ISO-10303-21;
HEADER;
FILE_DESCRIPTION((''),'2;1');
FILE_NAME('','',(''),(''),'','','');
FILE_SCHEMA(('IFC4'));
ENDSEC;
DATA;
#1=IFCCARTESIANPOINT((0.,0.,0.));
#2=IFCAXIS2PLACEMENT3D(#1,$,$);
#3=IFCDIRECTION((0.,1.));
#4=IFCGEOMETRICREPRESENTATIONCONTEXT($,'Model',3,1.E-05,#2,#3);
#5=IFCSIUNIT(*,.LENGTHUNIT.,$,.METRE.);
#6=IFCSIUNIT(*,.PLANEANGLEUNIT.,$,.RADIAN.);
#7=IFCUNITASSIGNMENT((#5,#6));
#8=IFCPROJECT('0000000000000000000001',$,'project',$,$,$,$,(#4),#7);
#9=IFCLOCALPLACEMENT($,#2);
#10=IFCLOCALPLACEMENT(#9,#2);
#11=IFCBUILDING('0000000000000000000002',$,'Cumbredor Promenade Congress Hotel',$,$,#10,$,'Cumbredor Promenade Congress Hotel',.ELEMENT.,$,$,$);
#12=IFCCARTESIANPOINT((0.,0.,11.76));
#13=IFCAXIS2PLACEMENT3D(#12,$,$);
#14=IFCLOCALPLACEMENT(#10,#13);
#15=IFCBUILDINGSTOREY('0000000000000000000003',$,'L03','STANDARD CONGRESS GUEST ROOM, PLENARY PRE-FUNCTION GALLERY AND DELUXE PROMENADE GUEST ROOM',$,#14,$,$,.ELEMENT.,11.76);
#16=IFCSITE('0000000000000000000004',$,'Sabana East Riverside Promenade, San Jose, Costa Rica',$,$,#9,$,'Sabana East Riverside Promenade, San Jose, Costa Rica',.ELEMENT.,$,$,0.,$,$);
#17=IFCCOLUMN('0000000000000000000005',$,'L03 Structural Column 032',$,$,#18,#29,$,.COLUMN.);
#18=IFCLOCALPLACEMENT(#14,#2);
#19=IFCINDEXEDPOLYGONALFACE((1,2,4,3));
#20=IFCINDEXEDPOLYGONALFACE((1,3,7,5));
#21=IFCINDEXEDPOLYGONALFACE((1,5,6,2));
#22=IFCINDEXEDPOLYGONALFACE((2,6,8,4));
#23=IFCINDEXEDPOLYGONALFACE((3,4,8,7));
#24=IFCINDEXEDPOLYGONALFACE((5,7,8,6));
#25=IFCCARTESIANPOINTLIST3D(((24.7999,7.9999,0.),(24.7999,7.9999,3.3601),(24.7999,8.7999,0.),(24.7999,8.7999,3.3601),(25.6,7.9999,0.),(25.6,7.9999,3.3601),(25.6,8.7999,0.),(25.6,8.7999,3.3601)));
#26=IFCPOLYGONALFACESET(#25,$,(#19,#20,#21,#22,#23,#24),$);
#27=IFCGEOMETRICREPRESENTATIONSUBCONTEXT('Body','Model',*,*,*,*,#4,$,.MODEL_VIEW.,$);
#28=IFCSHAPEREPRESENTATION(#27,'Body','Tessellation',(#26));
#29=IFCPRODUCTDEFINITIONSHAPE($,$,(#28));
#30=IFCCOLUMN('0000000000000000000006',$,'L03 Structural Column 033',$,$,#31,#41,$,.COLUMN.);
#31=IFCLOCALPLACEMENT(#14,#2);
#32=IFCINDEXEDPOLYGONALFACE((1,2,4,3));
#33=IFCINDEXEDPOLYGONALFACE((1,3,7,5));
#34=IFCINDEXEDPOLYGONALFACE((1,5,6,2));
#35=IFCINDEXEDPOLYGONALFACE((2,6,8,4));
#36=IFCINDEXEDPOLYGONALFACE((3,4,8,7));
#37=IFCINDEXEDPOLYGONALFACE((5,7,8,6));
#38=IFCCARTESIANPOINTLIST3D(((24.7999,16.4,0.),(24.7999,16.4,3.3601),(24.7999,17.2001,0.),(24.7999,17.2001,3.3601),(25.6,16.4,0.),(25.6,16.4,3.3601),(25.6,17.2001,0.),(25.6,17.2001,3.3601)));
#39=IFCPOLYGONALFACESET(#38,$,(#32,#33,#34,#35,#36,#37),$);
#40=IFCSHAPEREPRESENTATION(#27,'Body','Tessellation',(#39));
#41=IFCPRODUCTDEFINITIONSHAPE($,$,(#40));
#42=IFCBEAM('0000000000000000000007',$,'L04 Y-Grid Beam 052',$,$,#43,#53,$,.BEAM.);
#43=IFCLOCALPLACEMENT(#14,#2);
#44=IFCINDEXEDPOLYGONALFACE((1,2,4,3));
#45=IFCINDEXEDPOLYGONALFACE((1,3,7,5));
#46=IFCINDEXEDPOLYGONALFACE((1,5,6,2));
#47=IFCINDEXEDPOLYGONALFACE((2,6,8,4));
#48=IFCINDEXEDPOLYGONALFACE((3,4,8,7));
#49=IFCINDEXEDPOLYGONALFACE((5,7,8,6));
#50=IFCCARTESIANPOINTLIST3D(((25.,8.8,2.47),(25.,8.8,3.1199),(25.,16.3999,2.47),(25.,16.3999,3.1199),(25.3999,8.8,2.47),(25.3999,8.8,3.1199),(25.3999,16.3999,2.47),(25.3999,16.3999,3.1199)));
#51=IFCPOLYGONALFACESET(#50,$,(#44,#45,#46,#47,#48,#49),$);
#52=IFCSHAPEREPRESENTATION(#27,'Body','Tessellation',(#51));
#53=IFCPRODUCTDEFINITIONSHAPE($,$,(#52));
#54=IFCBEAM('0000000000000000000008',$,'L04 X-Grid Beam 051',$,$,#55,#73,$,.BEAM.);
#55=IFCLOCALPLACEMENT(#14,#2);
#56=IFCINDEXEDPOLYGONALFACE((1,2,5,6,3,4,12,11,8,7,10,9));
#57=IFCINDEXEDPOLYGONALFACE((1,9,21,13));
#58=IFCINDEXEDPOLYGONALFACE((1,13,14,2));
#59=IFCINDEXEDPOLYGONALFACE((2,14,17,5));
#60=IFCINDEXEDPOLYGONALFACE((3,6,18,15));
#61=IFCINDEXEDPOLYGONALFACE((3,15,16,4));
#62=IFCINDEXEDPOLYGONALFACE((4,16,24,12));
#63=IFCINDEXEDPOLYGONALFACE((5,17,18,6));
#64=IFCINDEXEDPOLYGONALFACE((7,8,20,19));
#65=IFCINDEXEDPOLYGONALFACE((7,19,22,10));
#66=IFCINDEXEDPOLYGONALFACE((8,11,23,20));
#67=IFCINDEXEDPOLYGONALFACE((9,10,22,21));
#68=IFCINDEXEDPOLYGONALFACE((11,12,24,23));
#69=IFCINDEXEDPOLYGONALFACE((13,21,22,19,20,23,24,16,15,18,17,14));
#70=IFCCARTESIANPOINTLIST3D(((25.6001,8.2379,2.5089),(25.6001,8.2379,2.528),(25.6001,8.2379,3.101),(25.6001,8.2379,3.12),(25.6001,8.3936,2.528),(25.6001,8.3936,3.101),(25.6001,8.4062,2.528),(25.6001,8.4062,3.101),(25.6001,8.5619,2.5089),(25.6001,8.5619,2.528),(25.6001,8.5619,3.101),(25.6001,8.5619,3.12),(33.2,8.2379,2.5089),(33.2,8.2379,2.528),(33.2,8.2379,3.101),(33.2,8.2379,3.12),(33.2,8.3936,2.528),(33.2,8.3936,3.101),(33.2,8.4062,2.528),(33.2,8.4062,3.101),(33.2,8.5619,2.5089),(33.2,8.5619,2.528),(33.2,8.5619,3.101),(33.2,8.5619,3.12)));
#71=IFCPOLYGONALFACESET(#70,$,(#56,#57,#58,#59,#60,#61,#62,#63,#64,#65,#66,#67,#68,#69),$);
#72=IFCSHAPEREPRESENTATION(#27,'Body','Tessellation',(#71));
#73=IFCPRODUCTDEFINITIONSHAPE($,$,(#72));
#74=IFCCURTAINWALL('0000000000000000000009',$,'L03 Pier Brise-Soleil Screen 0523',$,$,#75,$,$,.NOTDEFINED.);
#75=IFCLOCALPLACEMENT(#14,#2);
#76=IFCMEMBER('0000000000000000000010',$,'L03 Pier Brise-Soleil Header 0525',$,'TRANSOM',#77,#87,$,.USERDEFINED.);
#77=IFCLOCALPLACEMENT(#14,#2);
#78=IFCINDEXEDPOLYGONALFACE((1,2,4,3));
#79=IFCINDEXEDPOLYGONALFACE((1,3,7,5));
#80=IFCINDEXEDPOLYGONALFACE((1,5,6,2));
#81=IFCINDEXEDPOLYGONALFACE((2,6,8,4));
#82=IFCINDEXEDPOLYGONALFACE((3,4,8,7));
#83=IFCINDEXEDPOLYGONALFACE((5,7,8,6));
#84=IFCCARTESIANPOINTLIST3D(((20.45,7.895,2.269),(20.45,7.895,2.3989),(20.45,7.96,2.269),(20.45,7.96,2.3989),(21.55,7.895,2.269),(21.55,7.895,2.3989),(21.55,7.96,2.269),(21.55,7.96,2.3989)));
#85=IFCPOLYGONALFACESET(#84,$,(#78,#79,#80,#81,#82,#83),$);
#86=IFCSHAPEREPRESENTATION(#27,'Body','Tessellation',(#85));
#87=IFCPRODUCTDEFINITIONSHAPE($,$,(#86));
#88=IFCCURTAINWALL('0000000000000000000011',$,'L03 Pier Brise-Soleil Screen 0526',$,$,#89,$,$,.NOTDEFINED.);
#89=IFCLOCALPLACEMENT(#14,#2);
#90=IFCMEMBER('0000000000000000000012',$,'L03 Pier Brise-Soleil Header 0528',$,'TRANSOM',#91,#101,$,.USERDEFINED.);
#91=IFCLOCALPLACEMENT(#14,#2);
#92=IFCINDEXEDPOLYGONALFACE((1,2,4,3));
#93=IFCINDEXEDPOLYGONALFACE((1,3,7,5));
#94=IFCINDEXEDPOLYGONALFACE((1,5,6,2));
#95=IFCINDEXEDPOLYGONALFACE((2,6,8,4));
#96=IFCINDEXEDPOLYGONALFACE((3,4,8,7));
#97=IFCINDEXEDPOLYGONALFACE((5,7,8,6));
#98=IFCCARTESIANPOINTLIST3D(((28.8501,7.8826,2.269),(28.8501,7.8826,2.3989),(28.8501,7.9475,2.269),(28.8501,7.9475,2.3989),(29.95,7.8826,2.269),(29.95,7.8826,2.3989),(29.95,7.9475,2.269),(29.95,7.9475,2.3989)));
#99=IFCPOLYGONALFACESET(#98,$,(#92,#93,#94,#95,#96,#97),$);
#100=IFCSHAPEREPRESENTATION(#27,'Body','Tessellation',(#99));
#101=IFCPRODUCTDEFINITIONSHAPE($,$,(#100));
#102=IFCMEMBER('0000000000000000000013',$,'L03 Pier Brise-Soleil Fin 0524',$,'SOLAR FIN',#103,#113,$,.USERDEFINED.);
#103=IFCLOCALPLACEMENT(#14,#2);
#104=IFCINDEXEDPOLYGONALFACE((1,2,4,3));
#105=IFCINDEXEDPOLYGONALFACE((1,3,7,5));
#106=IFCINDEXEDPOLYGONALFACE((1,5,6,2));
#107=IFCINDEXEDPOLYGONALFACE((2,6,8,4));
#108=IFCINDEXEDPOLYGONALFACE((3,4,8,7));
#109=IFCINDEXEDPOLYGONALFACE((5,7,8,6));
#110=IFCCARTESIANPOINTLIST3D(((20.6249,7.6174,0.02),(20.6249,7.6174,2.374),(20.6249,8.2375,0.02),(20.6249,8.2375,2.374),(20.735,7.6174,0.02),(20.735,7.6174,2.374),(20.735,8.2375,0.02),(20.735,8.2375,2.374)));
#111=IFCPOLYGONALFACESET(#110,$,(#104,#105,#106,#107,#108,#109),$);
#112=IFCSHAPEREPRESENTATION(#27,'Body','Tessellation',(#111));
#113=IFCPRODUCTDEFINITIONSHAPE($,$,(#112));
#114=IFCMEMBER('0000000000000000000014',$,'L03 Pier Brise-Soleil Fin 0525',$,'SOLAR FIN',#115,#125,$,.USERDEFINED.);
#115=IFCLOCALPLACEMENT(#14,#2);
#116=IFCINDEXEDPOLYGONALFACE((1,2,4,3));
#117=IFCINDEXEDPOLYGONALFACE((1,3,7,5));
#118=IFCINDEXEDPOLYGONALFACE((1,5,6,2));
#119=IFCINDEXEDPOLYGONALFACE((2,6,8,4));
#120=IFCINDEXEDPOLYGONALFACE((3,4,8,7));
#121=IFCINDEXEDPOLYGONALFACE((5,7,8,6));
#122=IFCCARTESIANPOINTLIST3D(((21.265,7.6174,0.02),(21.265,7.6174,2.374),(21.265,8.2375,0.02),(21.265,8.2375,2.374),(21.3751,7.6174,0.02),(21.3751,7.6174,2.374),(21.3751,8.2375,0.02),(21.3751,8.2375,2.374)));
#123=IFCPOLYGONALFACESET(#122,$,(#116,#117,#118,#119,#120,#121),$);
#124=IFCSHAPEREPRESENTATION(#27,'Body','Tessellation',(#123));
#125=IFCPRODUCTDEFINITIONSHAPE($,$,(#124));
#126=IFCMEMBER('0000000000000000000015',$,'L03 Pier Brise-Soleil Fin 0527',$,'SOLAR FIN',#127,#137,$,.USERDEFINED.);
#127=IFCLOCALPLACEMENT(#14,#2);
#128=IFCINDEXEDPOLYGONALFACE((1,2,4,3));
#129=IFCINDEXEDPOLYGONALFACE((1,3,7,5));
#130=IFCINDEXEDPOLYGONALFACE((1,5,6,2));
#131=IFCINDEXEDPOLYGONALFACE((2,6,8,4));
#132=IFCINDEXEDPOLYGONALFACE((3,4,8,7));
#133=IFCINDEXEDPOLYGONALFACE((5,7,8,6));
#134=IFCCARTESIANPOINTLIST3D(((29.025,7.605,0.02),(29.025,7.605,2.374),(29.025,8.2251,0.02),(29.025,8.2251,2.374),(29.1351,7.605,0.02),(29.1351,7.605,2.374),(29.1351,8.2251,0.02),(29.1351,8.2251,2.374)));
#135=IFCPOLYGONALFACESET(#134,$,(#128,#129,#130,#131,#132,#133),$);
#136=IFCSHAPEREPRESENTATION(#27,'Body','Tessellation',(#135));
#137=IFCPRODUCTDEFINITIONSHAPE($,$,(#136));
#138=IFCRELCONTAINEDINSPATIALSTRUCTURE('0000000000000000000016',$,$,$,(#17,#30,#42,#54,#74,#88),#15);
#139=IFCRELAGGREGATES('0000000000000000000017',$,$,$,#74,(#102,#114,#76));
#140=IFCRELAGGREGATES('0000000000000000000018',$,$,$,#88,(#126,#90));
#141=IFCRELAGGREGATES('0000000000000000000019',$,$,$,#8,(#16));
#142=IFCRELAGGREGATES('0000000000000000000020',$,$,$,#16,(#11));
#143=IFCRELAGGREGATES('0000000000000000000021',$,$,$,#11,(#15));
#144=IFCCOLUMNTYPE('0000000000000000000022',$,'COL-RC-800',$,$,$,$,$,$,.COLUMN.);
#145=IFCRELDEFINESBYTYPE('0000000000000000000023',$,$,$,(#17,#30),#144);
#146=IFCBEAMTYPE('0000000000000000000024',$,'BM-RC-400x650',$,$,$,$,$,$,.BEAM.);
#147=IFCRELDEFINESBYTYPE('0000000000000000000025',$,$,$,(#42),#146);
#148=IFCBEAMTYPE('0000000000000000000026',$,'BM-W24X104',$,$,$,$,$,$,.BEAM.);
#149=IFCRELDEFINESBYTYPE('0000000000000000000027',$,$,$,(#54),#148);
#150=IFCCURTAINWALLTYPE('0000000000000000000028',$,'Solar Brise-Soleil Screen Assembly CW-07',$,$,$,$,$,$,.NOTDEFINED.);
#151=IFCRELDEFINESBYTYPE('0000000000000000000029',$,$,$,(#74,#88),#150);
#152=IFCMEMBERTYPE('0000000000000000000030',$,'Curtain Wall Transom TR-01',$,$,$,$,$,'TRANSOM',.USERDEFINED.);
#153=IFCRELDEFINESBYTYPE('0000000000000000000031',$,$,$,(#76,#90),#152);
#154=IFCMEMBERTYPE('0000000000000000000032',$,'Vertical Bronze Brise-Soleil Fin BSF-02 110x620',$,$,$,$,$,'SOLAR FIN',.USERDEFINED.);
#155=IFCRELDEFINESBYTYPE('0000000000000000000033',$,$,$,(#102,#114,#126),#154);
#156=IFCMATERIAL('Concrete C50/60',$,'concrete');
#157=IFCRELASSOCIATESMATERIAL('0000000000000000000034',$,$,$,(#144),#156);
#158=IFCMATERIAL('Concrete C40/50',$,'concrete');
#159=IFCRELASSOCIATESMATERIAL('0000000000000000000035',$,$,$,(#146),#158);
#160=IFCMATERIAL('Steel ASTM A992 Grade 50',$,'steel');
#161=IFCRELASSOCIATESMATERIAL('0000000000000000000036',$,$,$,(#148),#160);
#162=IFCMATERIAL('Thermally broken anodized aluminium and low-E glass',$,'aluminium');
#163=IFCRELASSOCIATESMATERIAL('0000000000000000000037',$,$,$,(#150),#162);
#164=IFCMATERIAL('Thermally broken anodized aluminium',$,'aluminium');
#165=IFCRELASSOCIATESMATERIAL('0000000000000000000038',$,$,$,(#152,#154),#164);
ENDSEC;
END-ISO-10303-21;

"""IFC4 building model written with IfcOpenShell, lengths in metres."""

from ifc_helpers import new_model, si_unit, direction, frame, origin, origin_2d, place, context, subcontext, project, spatial, rectangle, i_section, extrude, material, material_profile, profile_set, type_object, element, aggregate, save


model = new_model("IFC4")

# Units and contexts
model_context = context("Model", 3, precision=1e-05, world=origin(), true_north=direction((0.0, 1.0)))
body_context = subcontext(model_context, "Body", "Model", "MODEL_VIEW")
ifc_project = project(units=[si_unit("LENGTHUNIT", "METRE"), si_unit("PLANEANGLEUNIT", "RADIAN")], contexts=[model_context])

# Site, building, storey
site_placement = place(None, origin())
site = spatial("IfcSite", under=ifc_project, at=site_placement, Name="Sabana East Riverside Promenade, San Jose, Costa Rica", LongName="Sabana East Riverside Promenade, San Jose, Costa Rica", CompositionType="ELEMENT", RefElevation=0.0)
building_placement = place(site_placement, origin())
building = spatial("IfcBuilding", under=site, at=building_placement, Name="Cumbredor Promenade Congress Hotel", LongName="Cumbredor Promenade Congress Hotel", CompositionType="ELEMENT")
storey_placement = place(building_placement, frame((0.0, 0.0, 11.76)))
storey = spatial("IfcBuildingStorey", under=building, at=storey_placement, Name="L03", Description="STANDARD CONGRESS GUEST ROOM, PLENARY PRE-FUNCTION GALLERY AND DELUXE PROMENADE GUEST ROOM", CompositionType="ELEMENT", Elevation=11.76)

# Columns
ifc_material_1 = material(Name="Concrete C50/60", Category="concrete")
ifc_material_profile_1 = material_profile(ifc_material_1, rectangle(XDim=0.8, YDim=0.8, at=origin_2d()), Name="RC 800x800")
ifc_profile_set_1 = profile_set([ifc_material_profile_1], Name="Concrete C50/60")
column_type = type_object("IfcColumnType", Name="COL-RC-800", PredefinedType="COLUMN", material=ifc_profile_set_1)
for number, where, z_axis, x_axis, name in (
    (1, (25.2, 8.3999, 0.0), (0.0, 0.0, 1.0), (1.0, 0.0, 0.0), "L03 Structural Column 032"),
    (2, (25.2, 16.8, 0.0), (0.0, 0.0, 1.0), (1.0, 0.0, 0.0), "L03 Structural Column 033"),
):
    element("IfcColumn", number, at=place(storey_placement, frame(where, z_axis=z_axis, x_axis=x_axis)), inside=storey, type_object=column_type, Name=name, PredefinedType="COLUMN", context=body_context, shape_type="SweptSolid", body=[
        extrude(rectangle(XDim=0.8, YDim=0.8, at=origin_2d()), origin(), (0.0, 0.0, 1.0), 3.3601),
    ])

# Beams
ifc_material_2 = material(Name="Concrete C40/50", Category="concrete")
ifc_material_profile_2 = material_profile(ifc_material_2, rectangle(XDim=0.3999, YDim=0.6499, at=origin_2d()), Name="RC BEAM 400x650")
ifc_profile_set_2 = profile_set([ifc_material_profile_2], Name="Concrete C40/50")
beam_type_1 = type_object("IfcBeamType", Name="BM-RC-400x650", PredefinedType="BEAM", material=ifc_profile_set_2)
beam_1_placement = place(storey_placement, frame((25.2, 8.8, 2.7949), z_axis=(0.0, 1.0, 0.0), x_axis=(-1.0, 0.0, 0.0)))
element("IfcBeam", 3, at=beam_1_placement, inside=storey, type_object=beam_type_1, Name="L04 Y-Grid Beam 052", PredefinedType="BEAM", context=body_context, shape_type="SweptSolid", body=[
    extrude(rectangle(XDim=0.3999, YDim=0.6499, at=origin_2d()), origin(), (0.0, 0.0, 1.0), 7.5999),
])
ifc_material_3 = material(Name="Steel ASTM A992 Grade 50", Category="steel")
ifc_material_profile_3 = material_profile(ifc_material_3, i_section(OverallWidth=0.324, OverallDepth=0.6111, WebThickness=0.0127, FlangeThickness=0.019, at=origin_2d()), Name="W24X104")
ifc_profile_set_3 = profile_set([ifc_material_profile_3], Name="Steel ASTM A992 Grade 50")
beam_type_2 = type_object("IfcBeamType", Name="BM-W24X104", PredefinedType="BEAM", material=ifc_profile_set_3)
beam_2_placement = place(storey_placement, frame((25.6001, 8.3999, 2.8145), z_axis=(1.0, 0.0, 0.0), x_axis=(0.0, 1.0, 0.0)))
element("IfcBeam", 4, at=beam_2_placement, inside=storey, type_object=beam_type_2, Name="L04 X-Grid Beam 051", PredefinedType="BEAM", context=body_context, shape_type="SweptSolid", body=[
    extrude(i_section(OverallWidth=0.324, OverallDepth=0.6111, WebThickness=0.0127, FlangeThickness=0.019, at=origin_2d()), origin(), (0.0, 0.0, 1.0), 7.5999),
])

# Curtain walls, members
ifc_material_4 = material(Name="Thermally broken anodized aluminium and low-E glass", Category="aluminium")
curtain_wall_type = type_object("IfcCurtainWallType", Name="Solar Brise-Soleil Screen Assembly CW-07", PredefinedType="NOTDEFINED", material=ifc_material_4)
curtain_wall_1_placement = place(storey_placement, origin())
curtain_wall_1 = element("IfcCurtainWall", 5, at=curtain_wall_1_placement, inside=storey, type_object=curtain_wall_type, Name="L03 Pier Brise-Soleil Screen 0523", PredefinedType="NOTDEFINED")
ifc_material_5 = material(Name="Thermally broken anodized aluminium", Category="aluminium")
ifc_material_profile_4 = material_profile(ifc_material_5, rectangle(XDim=0.0649, YDim=0.1299, at=origin_2d()), Name="ALU TRANSOM 65x130")
ifc_profile_set_4 = profile_set([ifc_material_profile_4], Name="Thermally broken anodized aluminium")
member_type_1 = type_object("IfcMemberType", Name="Curtain Wall Transom TR-01", ElementType="TRANSOM", PredefinedType="USERDEFINED", material=ifc_profile_set_4)
member_1_placement = place(storey_placement, frame((20.45, 7.9275, 2.334), z_axis=(1.0, 0.0, 0.0), x_axis=(0.0, 1.0, 0.0)))
member_1 = element("IfcMember", 6, at=member_1_placement, type_object=member_type_1, Name="L03 Pier Brise-Soleil Header 0525", ObjectType="TRANSOM", PredefinedType="USERDEFINED", context=body_context, shape_type="SweptSolid", body=[
    extrude(rectangle(XDim=0.0649, YDim=0.1299, at=origin_2d()), origin(), (0.0, 0.0, 1.0), 1.1001),
])
curtain_wall_2_placement = place(storey_placement, origin())
curtain_wall_2 = element("IfcCurtainWall", 7, at=curtain_wall_2_placement, inside=storey, type_object=curtain_wall_type, Name="L03 Pier Brise-Soleil Screen 0526", PredefinedType="NOTDEFINED")
member_2_placement = place(storey_placement, frame((28.8501, 7.915, 2.334), z_axis=(1.0, 0.0, 0.0), x_axis=(0.0, 1.0, 0.0)))
member_2 = element("IfcMember", 8, at=member_2_placement, type_object=member_type_1, Name="L03 Pier Brise-Soleil Header 0528", ObjectType="TRANSOM", PredefinedType="USERDEFINED", context=body_context, shape_type="SweptSolid", body=[
    extrude(rectangle(XDim=0.0649, YDim=0.1299, at=origin_2d()), origin(), (0.0, 0.0, 1.0), 1.0999),
])

# Members
ifc_material_profile_5 = material_profile(ifc_material_5, rectangle(XDim=0.1101, YDim=0.6201, at=origin_2d()), Name="ARCH FIN 110x620")
ifc_profile_set_5 = profile_set([ifc_material_profile_5], Name="Thermally broken anodized aluminium")
member_type_2 = type_object("IfcMemberType", Name="Vertical Bronze Brise-Soleil Fin BSF-02 110x620", ElementType="SOLAR FIN", PredefinedType="USERDEFINED", material=ifc_profile_set_5)
member_3_placement = place(storey_placement, frame((20.6799, 7.9275, 0.02), z_axis=(0.0, 0.0, 1.0), x_axis=(1.0, 0.0, 0.0)))
member_3 = element("IfcMember", 9, at=member_3_placement, type_object=member_type_2, Name="L03 Pier Brise-Soleil Fin 0524", ObjectType="SOLAR FIN", PredefinedType="USERDEFINED", context=body_context, shape_type="SweptSolid", body=[
    extrude(rectangle(XDim=0.1101, YDim=0.6201, at=origin_2d()), origin(), (0.0, 0.0, 1.0), 2.354),
])
member_4_placement = place(storey_placement, frame((21.3201, 7.9275, 0.02), z_axis=(0.0, 0.0, 1.0), x_axis=(1.0, 0.0, 0.0)))
member_4 = element("IfcMember", 10, at=member_4_placement, type_object=member_type_2, Name="L03 Pier Brise-Soleil Fin 0525", ObjectType="SOLAR FIN", PredefinedType="USERDEFINED", context=body_context, shape_type="SweptSolid", body=[
    extrude(rectangle(XDim=0.1101, YDim=0.6201, at=origin_2d()), origin(), (0.0, 0.0, 1.0), 2.354),
])
aggregate(curtain_wall_1, [member_3, member_4, member_1])
member_5_placement = place(storey_placement, frame((29.0801, 7.915, 0.02), z_axis=(0.0, 0.0, 1.0), x_axis=(1.0, 0.0, 0.0)))
member_5 = element("IfcMember", 11, at=member_5_placement, type_object=member_type_2, Name="L03 Pier Brise-Soleil Fin 0527", ObjectType="SOLAR FIN", PredefinedType="USERDEFINED", context=body_context, shape_type="SweptSolid", body=[
    extrude(rectangle(XDim=0.1101, YDim=0.6201, at=origin_2d()), origin(), (0.0, 0.0, 1.0), 2.354),
])
aggregate(curtain_wall_2, [member_5, member_2])

save(model, "model.ifc")
